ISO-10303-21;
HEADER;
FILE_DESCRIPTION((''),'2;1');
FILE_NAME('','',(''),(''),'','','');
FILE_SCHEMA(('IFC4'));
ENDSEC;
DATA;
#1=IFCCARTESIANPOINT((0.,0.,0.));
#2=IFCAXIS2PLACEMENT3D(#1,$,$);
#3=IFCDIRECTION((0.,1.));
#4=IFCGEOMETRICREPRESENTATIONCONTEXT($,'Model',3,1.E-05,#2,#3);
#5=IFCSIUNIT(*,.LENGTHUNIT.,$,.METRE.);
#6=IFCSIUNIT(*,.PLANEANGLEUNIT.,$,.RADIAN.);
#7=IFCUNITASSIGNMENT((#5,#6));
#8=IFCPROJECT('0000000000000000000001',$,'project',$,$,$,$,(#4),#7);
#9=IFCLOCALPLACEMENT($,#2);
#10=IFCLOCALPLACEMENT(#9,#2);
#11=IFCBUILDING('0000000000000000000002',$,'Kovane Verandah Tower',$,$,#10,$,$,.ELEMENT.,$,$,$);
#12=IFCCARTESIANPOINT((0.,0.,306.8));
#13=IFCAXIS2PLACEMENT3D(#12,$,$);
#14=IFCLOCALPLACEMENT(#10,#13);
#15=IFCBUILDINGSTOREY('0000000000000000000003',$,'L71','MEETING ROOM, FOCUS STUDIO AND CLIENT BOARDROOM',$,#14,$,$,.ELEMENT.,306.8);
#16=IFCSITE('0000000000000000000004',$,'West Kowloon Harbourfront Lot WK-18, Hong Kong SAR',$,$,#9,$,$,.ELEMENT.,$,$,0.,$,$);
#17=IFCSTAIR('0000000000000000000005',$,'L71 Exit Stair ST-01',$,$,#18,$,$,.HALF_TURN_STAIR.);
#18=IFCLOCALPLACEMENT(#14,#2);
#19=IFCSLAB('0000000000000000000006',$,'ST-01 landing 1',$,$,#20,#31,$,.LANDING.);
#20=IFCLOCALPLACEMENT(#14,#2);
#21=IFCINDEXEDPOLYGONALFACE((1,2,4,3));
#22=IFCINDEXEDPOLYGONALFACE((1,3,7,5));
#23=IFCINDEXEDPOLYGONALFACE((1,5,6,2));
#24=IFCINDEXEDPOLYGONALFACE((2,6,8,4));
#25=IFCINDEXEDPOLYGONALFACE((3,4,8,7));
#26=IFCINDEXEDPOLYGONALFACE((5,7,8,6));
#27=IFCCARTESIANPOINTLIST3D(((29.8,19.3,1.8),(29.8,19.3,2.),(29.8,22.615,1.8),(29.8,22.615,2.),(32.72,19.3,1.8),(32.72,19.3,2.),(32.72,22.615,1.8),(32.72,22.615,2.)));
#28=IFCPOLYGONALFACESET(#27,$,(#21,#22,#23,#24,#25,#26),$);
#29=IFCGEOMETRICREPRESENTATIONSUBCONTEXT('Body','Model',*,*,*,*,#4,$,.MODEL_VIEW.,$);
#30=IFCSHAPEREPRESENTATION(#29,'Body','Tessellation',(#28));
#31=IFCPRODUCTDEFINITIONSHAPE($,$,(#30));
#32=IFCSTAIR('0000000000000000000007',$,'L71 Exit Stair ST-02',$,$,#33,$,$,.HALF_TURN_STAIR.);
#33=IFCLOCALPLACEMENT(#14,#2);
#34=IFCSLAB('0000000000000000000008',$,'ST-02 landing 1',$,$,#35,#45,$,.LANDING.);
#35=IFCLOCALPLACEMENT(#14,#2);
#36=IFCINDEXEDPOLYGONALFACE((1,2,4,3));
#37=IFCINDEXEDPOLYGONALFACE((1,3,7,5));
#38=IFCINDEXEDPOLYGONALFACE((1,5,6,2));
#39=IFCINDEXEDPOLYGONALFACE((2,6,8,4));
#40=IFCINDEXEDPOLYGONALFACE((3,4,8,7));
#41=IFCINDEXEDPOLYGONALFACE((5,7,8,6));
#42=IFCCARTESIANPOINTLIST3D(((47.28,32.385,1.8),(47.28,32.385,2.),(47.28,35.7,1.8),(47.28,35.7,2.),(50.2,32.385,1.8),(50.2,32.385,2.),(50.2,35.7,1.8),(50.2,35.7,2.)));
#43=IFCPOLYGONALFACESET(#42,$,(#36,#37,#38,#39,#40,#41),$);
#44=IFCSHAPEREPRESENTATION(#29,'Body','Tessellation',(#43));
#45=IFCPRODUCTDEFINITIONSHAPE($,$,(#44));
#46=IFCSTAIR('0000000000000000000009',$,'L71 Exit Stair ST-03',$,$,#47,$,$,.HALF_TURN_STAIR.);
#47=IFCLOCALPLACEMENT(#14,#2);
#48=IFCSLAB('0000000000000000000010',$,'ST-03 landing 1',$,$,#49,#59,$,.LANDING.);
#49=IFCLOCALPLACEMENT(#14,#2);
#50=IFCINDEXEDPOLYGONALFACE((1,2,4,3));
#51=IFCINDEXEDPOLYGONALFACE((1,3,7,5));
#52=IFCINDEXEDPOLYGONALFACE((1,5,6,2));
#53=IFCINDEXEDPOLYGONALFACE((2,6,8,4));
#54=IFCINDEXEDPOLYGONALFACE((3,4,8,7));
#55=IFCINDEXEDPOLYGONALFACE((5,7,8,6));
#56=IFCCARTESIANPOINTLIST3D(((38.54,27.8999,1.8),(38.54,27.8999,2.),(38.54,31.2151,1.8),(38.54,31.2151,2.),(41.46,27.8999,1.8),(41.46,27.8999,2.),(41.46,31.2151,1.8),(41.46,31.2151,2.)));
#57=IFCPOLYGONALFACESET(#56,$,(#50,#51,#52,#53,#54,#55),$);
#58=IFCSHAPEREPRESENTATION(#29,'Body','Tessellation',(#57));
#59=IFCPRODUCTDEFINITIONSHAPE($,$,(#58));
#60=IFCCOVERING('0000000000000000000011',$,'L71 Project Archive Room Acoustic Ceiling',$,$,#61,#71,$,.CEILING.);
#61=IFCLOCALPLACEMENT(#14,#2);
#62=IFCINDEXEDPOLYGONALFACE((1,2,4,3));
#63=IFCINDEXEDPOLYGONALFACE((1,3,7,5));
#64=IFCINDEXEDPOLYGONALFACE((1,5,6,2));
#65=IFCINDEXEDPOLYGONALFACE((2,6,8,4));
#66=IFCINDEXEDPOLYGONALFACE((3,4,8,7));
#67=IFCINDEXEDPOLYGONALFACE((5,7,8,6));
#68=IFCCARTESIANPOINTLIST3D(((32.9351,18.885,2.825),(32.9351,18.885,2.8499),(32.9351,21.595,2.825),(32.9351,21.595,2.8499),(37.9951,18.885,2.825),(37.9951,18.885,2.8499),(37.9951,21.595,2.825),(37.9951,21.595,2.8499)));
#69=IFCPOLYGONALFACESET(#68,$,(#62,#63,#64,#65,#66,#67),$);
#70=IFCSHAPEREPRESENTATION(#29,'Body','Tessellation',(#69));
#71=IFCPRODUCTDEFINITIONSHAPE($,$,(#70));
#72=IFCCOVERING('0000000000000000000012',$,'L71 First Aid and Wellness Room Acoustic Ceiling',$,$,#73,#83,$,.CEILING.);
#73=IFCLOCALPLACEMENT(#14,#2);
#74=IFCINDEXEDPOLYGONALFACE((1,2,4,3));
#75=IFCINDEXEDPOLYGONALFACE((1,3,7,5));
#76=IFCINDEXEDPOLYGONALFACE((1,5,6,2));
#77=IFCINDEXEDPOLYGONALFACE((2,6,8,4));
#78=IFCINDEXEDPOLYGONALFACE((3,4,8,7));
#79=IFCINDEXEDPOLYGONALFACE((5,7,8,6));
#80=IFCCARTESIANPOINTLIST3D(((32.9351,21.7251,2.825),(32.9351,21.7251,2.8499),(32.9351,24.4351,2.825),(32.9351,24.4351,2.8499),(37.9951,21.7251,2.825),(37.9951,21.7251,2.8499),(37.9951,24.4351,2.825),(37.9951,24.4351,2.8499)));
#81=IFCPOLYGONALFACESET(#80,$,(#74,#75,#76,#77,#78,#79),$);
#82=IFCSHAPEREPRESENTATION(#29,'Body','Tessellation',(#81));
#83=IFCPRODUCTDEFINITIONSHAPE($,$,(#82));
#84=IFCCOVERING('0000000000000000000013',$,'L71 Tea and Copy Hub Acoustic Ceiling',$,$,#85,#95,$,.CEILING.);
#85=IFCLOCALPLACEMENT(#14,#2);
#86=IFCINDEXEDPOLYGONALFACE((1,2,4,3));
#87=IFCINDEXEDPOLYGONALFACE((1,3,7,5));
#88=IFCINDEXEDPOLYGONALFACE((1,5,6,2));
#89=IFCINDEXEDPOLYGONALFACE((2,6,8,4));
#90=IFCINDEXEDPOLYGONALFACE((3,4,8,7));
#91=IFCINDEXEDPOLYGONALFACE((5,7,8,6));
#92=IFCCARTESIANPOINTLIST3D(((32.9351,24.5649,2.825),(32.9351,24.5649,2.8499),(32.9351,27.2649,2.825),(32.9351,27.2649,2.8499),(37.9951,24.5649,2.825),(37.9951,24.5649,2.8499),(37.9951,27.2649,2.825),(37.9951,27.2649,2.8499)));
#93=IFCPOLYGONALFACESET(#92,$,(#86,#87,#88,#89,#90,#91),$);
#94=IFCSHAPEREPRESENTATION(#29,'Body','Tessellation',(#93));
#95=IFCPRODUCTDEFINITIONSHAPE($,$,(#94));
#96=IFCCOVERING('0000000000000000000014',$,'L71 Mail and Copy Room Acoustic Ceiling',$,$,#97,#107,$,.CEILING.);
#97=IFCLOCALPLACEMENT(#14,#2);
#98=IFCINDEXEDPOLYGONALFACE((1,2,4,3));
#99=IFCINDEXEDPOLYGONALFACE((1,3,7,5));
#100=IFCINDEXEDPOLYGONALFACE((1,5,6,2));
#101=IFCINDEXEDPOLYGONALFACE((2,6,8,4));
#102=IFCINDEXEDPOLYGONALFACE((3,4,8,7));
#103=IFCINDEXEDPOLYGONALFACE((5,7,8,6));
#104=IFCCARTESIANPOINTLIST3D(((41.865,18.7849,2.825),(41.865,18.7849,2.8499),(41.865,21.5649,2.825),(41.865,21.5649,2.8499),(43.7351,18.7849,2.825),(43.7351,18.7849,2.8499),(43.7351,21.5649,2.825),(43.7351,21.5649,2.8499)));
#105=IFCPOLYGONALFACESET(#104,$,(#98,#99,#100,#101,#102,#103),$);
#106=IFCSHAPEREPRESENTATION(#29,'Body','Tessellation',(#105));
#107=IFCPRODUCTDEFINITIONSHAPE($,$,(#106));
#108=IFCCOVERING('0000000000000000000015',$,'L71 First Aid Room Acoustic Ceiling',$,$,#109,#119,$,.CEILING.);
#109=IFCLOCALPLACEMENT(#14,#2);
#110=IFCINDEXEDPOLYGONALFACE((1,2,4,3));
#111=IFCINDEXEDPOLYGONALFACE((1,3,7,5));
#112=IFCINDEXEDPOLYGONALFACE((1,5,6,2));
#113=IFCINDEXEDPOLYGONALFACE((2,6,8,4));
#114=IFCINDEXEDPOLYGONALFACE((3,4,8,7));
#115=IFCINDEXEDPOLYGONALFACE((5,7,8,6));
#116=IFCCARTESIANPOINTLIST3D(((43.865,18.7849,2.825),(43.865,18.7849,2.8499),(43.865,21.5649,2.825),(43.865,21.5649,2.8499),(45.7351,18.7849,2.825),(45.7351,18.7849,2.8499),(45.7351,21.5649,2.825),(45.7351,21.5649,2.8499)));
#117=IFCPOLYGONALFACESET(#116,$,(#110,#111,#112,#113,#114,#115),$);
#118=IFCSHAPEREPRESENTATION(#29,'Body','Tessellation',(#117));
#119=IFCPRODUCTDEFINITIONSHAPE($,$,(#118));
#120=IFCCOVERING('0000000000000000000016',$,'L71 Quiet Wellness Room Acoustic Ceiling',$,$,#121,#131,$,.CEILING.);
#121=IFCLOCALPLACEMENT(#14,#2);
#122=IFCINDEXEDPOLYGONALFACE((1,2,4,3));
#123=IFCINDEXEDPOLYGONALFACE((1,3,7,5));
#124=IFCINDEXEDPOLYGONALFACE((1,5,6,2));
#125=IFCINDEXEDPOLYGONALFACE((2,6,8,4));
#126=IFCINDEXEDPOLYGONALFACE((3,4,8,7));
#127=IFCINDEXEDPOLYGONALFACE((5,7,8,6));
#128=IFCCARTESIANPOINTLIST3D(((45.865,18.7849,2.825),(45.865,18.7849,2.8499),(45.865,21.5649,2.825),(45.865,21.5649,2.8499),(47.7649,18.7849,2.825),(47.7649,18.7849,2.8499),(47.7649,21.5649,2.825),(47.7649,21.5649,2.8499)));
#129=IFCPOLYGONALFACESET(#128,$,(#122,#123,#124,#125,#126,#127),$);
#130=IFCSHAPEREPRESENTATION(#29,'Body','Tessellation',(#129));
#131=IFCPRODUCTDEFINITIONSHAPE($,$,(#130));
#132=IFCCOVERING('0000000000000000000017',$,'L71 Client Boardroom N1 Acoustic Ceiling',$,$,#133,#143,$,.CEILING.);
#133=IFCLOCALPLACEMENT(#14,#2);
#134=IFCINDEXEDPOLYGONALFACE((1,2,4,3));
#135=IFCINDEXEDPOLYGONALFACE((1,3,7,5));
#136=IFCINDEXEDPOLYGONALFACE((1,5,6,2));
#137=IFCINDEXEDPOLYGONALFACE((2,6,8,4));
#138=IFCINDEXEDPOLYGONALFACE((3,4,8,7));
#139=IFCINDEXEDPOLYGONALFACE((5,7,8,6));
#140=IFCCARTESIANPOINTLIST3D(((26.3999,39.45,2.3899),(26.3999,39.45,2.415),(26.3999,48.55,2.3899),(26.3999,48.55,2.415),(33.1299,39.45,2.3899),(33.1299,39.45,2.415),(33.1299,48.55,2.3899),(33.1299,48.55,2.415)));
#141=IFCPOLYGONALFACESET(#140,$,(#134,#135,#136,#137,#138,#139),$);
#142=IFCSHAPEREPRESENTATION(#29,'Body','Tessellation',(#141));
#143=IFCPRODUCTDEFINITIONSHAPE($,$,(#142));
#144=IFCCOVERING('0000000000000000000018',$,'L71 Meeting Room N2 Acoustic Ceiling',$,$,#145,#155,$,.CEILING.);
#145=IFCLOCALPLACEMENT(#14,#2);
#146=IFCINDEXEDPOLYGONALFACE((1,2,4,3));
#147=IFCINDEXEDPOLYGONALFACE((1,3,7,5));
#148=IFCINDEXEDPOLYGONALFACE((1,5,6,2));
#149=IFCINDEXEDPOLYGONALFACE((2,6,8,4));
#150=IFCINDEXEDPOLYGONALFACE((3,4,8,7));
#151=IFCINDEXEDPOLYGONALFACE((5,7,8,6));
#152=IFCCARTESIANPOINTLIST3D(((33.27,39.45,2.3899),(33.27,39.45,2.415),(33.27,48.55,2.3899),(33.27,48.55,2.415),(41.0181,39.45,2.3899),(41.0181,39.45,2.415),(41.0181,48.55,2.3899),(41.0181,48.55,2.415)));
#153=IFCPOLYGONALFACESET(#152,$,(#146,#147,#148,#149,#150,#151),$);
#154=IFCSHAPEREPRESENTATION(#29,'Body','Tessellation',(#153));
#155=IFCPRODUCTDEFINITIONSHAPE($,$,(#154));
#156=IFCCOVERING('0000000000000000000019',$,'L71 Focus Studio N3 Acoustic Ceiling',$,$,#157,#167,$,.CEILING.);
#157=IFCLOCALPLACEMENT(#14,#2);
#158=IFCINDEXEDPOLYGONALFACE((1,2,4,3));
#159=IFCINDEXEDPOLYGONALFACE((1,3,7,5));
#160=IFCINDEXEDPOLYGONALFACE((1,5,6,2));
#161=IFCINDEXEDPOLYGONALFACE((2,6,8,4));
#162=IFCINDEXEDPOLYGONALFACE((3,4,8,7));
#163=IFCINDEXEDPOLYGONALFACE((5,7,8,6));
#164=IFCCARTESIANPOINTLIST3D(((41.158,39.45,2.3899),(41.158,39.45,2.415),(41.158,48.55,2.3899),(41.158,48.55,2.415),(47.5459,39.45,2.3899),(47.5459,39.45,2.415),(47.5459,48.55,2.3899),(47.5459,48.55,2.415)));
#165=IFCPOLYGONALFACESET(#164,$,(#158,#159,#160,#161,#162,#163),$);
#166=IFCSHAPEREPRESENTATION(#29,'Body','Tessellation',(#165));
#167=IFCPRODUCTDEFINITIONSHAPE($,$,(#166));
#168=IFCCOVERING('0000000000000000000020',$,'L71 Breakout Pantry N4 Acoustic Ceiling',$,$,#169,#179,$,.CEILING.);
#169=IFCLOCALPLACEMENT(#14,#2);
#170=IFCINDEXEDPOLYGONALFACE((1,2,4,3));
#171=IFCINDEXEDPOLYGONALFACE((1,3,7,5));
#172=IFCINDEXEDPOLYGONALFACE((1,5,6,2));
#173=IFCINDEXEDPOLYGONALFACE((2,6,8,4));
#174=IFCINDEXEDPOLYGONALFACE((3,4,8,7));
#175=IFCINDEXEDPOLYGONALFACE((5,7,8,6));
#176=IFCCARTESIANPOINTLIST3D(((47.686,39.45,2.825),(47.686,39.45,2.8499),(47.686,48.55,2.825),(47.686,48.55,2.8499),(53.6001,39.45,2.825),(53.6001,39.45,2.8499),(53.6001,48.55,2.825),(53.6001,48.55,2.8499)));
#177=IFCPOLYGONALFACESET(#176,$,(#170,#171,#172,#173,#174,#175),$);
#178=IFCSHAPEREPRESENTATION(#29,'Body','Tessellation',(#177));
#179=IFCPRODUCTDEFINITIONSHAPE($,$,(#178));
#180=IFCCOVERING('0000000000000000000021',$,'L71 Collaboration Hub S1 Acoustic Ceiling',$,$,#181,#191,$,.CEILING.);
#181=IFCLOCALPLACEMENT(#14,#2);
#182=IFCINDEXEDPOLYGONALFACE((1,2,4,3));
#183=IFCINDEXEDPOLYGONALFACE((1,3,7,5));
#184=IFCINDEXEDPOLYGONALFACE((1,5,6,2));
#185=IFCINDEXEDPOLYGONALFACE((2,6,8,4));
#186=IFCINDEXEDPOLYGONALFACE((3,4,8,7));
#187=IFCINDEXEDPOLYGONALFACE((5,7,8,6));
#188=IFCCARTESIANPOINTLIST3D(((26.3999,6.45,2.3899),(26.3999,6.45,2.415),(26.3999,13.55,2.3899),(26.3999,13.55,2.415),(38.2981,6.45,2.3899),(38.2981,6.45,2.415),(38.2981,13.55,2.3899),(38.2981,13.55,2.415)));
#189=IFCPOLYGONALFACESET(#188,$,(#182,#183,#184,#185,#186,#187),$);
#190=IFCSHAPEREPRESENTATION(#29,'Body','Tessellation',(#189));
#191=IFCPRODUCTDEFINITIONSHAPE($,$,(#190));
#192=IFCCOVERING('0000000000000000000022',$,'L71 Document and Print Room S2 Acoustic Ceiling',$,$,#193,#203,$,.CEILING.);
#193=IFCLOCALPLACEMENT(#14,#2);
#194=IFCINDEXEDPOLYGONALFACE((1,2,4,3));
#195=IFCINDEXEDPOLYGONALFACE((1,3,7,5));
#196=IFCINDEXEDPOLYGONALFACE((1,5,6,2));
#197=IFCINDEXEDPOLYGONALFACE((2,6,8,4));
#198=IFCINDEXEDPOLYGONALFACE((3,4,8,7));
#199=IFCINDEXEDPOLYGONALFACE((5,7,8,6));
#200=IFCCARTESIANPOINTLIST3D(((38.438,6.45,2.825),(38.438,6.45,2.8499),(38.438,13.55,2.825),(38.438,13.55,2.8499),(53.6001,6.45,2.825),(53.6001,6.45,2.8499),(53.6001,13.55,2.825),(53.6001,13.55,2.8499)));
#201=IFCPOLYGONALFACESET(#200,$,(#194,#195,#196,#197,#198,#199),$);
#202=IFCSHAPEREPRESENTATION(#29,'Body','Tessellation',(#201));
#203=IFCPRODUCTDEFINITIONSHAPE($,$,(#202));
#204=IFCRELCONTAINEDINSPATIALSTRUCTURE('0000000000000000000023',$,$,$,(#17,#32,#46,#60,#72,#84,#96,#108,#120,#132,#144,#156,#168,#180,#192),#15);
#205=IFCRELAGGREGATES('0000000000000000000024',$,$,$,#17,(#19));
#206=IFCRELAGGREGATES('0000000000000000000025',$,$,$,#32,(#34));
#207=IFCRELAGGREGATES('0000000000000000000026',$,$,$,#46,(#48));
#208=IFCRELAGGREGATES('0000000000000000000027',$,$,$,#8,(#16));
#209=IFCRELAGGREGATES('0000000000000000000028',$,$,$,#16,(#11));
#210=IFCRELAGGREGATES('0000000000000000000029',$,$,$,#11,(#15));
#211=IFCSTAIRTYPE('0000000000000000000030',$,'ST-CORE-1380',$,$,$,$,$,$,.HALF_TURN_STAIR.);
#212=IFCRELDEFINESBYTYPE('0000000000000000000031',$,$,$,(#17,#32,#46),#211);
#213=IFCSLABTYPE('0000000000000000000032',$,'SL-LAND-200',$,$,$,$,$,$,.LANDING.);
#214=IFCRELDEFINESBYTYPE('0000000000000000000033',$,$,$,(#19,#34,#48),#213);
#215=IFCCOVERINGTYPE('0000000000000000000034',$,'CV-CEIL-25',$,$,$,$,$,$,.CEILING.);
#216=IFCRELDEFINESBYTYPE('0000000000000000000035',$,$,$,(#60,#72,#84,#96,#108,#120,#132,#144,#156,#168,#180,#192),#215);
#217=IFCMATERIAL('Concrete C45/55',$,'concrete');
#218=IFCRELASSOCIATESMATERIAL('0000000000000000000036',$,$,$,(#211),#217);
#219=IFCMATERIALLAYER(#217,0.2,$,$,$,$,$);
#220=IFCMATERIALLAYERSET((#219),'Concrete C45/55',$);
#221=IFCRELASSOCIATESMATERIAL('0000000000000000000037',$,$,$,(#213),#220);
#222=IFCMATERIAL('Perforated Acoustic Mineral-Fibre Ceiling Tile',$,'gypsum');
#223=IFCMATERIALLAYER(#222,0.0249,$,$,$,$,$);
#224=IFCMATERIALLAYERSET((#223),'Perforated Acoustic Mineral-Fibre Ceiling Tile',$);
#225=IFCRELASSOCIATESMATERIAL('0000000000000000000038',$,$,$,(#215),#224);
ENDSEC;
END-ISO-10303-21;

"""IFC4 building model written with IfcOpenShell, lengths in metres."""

from ifc_helpers import new_model, si_unit, direction, frame, origin, place, context, subcontext, project, spatial, polyline, outline, extrude, material, layer, layer_set, type_object, element, aggregate, save


model = new_model("IFC4")

# Units and contexts
model_context = context("Model", 3, precision=1e-05, world=origin(), true_north=direction((0.0, 1.0)))
body_context = subcontext(model_context, "Body", "Model", "MODEL_VIEW")
ifc_project = project(units=[si_unit("LENGTHUNIT", "METRE"), si_unit("PLANEANGLEUNIT", "RADIAN")], contexts=[model_context])

# Site, building, storey
site_placement = place(None, origin())
site = spatial("IfcSite", under=ifc_project, at=site_placement, Name="West Kowloon Harbourfront Lot WK-18, Hong Kong SAR", CompositionType="ELEMENT", RefElevation=0.0)
building_placement = place(site_placement, origin())
building = spatial("IfcBuilding", under=site, at=building_placement, Name="Kovane Verandah Tower", CompositionType="ELEMENT")
storey_placement = place(building_placement, frame((0.0, 0.0, 306.8)))
storey = spatial("IfcBuildingStorey", under=building, at=storey_placement, Name="L71", Description="MEETING ROOM, FOCUS STUDIO AND CLIENT BOARDROOM", CompositionType="ELEMENT", Elevation=306.8)

# Stairs, slabs
ifc_material_1 = material(Name="Concrete C45/55", Category="concrete")
stair_type = type_object("IfcStairType", Name="ST-CORE-1380", PredefinedType="HALF_TURN_STAIR", material=ifc_material_1)
stair_1_placement = place(storey_placement, origin())
stair_1 = element("IfcStair", 1, at=stair_1_placement, inside=storey, type_object=stair_type, Name="L71 Exit Stair ST-01", PredefinedType="HALF_TURN_STAIR")
ifc_layer_1 = layer(ifc_material_1, 0.2)
ifc_layer_set_1 = layer_set([ifc_layer_1], Name="Concrete C45/55")
slab_type = type_object("IfcSlabType", Name="SL-LAND-200", PredefinedType="LANDING", material=ifc_layer_set_1)
slab_1_placement = place(storey_placement, frame((0.0, 0.0, 1.8)))
slab_1 = element("IfcSlab", 2, at=slab_1_placement, type_object=slab_type, Name="ST-01 landing 1", PredefinedType="LANDING", context=body_context, shape_type="SweptSolid", body=[
    extrude(outline(polyline([(29.8, 22.615), (29.8, 19.3), (32.72, 19.3), (32.72, 22.615), (29.8, 22.615)])), origin(), (0.0, 0.0, 1.0), 0.2),
])
aggregate(stair_1, [slab_1])
stair_2_placement = place(storey_placement, origin())
stair_2 = element("IfcStair", 3, at=stair_2_placement, inside=storey, type_object=stair_type, Name="L71 Exit Stair ST-02", PredefinedType="HALF_TURN_STAIR")
slab_2_placement = place(storey_placement, frame((0.0, 0.0, 1.8)))
slab_2 = element("IfcSlab", 4, at=slab_2_placement, type_object=slab_type, Name="ST-02 landing 1", PredefinedType="LANDING", context=body_context, shape_type="SweptSolid", body=[
    extrude(outline(polyline([(50.2, 32.385), (50.2, 35.7), (47.28, 35.7), (47.28, 32.385), (50.2, 32.385)])), origin(), (0.0, 0.0, 1.0), 0.2),
])
aggregate(stair_2, [slab_2])
stair_3_placement = place(storey_placement, origin())
stair_3 = element("IfcStair", 5, at=stair_3_placement, inside=storey, type_object=stair_type, Name="L71 Exit Stair ST-03", PredefinedType="HALF_TURN_STAIR")
slab_3_placement = place(storey_placement, frame((0.0, 0.0, 1.8)))
slab_3 = element("IfcSlab", 6, at=slab_3_placement, type_object=slab_type, Name="ST-03 landing 1", PredefinedType="LANDING", context=body_context, shape_type="SweptSolid", body=[
    extrude(outline(polyline([(38.54, 31.2151), (38.54, 27.8999), (41.46, 27.8999), (41.46, 31.2151), (38.54, 31.2151)])), origin(), (0.0, 0.0, 1.0), 0.2),
])
aggregate(stair_3, [slab_3])

# Coverings
ifc_material_2 = material(Name="Perforated Acoustic Mineral-Fibre Ceiling Tile", Category="gypsum")
ifc_layer_2 = layer(ifc_material_2, 0.0249)
ifc_layer_set_2 = layer_set([ifc_layer_2], Name="Perforated Acoustic Mineral-Fibre Ceiling Tile")
covering_type_1 = type_object("IfcCoveringType", Name="CV-CEIL-25", PredefinedType="CEILING", material=ifc_layer_set_2)
covering_1_placement = place(storey_placement, frame((0.0, 0.0, 2.825)))
element("IfcCovering", 7, at=covering_1_placement, inside=storey, type_object=covering_type_1, Name="L71 Project Archive Room Acoustic Ceiling", PredefinedType="CEILING", context=body_context, shape_type="SweptSolid", body=[
    extrude(outline(polyline([(32.9351, 18.885), (37.9951, 18.885), (37.9951, 21.595), (32.9351, 21.595), (32.9351, 18.885)])), origin(), (0.0, 0.0, 1.0), 0.0249),
])
covering_2_placement = place(storey_placement, frame((0.0, 0.0, 2.825)))
element("IfcCovering", 8, at=covering_2_placement, inside=storey, type_object=covering_type_1, Name="L71 First Aid and Wellness Room Acoustic Ceiling", PredefinedType="CEILING", context=body_context, shape_type="SweptSolid", body=[
    extrude(outline(polyline([(32.9351, 21.7251), (37.9951, 21.7251), (37.9951, 24.4351), (32.9351, 24.4351), (32.9351, 21.7251)])), origin(), (0.0, 0.0, 1.0), 0.0249),
])
covering_3_placement = place(storey_placement, frame((0.0, 0.0, 2.825)))
element("IfcCovering", 9, at=covering_3_placement, inside=storey, type_object=covering_type_1, Name="L71 Tea and Copy Hub Acoustic Ceiling", PredefinedType="CEILING", context=body_context, shape_type="SweptSolid", body=[
    extrude(outline(polyline([(32.9351, 24.5649), (37.9951, 24.5649), (37.9951, 27.2649), (32.9351, 27.2649), (32.9351, 24.5649)])), origin(), (0.0, 0.0, 1.0), 0.0249),
])
covering_4_placement = place(storey_placement, frame((0.0, 0.0, 2.825)))
element("IfcCovering", 10, at=covering_4_placement, inside=storey, type_object=covering_type_1, Name="L71 Mail and Copy Room Acoustic Ceiling", PredefinedType="CEILING", context=body_context, shape_type="SweptSolid", body=[
    extrude(outline(polyline([(41.865, 18.7849), (43.7351, 18.7849), (43.7351, 21.5649), (41.865, 21.5649), (41.865, 18.7849)])), origin(), (0.0, 0.0, 1.0), 0.0249),
])
covering_5_placement = place(storey_placement, frame((0.0, 0.0, 2.825)))
element("IfcCovering", 11, at=covering_5_placement, inside=storey, type_object=covering_type_1, Name="L71 First Aid Room Acoustic Ceiling", PredefinedType="CEILING", context=body_context, shape_type="SweptSolid", body=[
    extrude(outline(polyline([(43.865, 18.7849), (45.7351, 18.7849), (45.7351, 21.5649), (43.865, 21.5649), (43.865, 18.7849)])), origin(), (0.0, 0.0, 1.0), 0.0249),
])
covering_6_placement = place(storey_placement, frame((0.0, 0.0, 2.825)))
element("IfcCovering", 12, at=covering_6_placement, inside=storey, type_object=covering_type_1, Name="L71 Quiet Wellness Room Acoustic Ceiling", PredefinedType="CEILING", context=body_context, shape_type="SweptSolid", body=[
    extrude(outline(polyline([(45.865, 18.7849), (47.7649, 18.7849), (47.7649, 21.5649), (45.865, 21.5649), (45.865, 18.7849)])), origin(), (0.0, 0.0, 1.0), 0.0249),
])
covering_7_placement = place(storey_placement, frame((0.0, 0.0, 2.3899)))
element("IfcCovering", 13, at=covering_7_placement, inside=storey, type_object=covering_type_1, Name="L71 Client Boardroom N1 Acoustic Ceiling", PredefinedType="CEILING", context=body_context, shape_type="SweptSolid", body=[
    extrude(outline(polyline([(26.3999, 39.45), (33.1299, 39.45), (33.1299, 48.55), (26.3999, 48.55), (26.3999, 39.45)])), origin(), (0.0, 0.0, 1.0), 0.0251),
])
covering_8_placement = place(storey_placement, frame((0.0, 0.0, 2.3899)))
element("IfcCovering", 14, at=covering_8_placement, inside=storey, type_object=covering_type_1, Name="L71 Meeting Room N2 Acoustic Ceiling", PredefinedType="CEILING", context=body_context, shape_type="SweptSolid", body=[
    extrude(outline(polyline([(33.27, 39.45), (41.0181, 39.45), (41.0181, 48.55), (33.27, 48.55), (33.27, 39.45)])), origin(), (0.0, 0.0, 1.0), 0.0251),
])
covering_9_placement = place(storey_placement, frame((0.0, 0.0, 2.3899)))
element("IfcCovering", 15, at=covering_9_placement, inside=storey, type_object=covering_type_1, Name="L71 Focus Studio N3 Acoustic Ceiling", PredefinedType="CEILING", context=body_context, shape_type="SweptSolid", body=[
    extrude(outline(polyline([(41.158, 39.45), (47.5459, 39.45), (47.5459, 48.55), (41.158, 48.55), (41.158, 39.45)])), origin(), (0.0, 0.0, 1.0), 0.0251),
])
covering_10_placement = place(storey_placement, frame((0.0, 0.0, 2.825)))
element("IfcCovering", 16, at=covering_10_placement, inside=storey, type_object=covering_type_1, Name="L71 Breakout Pantry N4 Acoustic Ceiling", PredefinedType="CEILING", context=body_context, shape_type="SweptSolid", body=[
    extrude(outline(polyline([(47.686, 39.45), (53.6001, 39.45), (53.6001, 48.55), (47.686, 48.55), (47.686, 39.45)])), origin(), (0.0, 0.0, 1.0), 0.0249),
])
covering_11_placement = place(storey_placement, frame((0.0, 0.0, 2.3899)))
element("IfcCovering", 17, at=covering_11_placement, inside=storey, type_object=covering_type_1, Name="L71 Collaboration Hub S1 Acoustic Ceiling", PredefinedType="CEILING", context=body_context, shape_type="SweptSolid", body=[
    extrude(outline(polyline([(26.3999, 6.45), (38.2981, 6.45), (38.2981, 13.55), (26.3999, 13.55), (26.3999, 6.45)])), origin(), (0.0, 0.0, 1.0), 0.0251),
])
covering_12_placement = place(storey_placement, frame((0.0, 0.0, 2.825)))
element("IfcCovering", 18, at=covering_12_placement, inside=storey, type_object=covering_type_1, Name="L71 Document and Print Room S2 Acoustic Ceiling", PredefinedType="CEILING", context=body_context, shape_type="SweptSolid", body=[
    extrude(outline(polyline([(38.438, 6.45), (53.6001, 6.45), (53.6001, 13.55), (38.438, 13.55), (38.438, 6.45)])), origin(), (0.0, 0.0, 1.0), 0.0249),
])

save(model, "model.ifc")
